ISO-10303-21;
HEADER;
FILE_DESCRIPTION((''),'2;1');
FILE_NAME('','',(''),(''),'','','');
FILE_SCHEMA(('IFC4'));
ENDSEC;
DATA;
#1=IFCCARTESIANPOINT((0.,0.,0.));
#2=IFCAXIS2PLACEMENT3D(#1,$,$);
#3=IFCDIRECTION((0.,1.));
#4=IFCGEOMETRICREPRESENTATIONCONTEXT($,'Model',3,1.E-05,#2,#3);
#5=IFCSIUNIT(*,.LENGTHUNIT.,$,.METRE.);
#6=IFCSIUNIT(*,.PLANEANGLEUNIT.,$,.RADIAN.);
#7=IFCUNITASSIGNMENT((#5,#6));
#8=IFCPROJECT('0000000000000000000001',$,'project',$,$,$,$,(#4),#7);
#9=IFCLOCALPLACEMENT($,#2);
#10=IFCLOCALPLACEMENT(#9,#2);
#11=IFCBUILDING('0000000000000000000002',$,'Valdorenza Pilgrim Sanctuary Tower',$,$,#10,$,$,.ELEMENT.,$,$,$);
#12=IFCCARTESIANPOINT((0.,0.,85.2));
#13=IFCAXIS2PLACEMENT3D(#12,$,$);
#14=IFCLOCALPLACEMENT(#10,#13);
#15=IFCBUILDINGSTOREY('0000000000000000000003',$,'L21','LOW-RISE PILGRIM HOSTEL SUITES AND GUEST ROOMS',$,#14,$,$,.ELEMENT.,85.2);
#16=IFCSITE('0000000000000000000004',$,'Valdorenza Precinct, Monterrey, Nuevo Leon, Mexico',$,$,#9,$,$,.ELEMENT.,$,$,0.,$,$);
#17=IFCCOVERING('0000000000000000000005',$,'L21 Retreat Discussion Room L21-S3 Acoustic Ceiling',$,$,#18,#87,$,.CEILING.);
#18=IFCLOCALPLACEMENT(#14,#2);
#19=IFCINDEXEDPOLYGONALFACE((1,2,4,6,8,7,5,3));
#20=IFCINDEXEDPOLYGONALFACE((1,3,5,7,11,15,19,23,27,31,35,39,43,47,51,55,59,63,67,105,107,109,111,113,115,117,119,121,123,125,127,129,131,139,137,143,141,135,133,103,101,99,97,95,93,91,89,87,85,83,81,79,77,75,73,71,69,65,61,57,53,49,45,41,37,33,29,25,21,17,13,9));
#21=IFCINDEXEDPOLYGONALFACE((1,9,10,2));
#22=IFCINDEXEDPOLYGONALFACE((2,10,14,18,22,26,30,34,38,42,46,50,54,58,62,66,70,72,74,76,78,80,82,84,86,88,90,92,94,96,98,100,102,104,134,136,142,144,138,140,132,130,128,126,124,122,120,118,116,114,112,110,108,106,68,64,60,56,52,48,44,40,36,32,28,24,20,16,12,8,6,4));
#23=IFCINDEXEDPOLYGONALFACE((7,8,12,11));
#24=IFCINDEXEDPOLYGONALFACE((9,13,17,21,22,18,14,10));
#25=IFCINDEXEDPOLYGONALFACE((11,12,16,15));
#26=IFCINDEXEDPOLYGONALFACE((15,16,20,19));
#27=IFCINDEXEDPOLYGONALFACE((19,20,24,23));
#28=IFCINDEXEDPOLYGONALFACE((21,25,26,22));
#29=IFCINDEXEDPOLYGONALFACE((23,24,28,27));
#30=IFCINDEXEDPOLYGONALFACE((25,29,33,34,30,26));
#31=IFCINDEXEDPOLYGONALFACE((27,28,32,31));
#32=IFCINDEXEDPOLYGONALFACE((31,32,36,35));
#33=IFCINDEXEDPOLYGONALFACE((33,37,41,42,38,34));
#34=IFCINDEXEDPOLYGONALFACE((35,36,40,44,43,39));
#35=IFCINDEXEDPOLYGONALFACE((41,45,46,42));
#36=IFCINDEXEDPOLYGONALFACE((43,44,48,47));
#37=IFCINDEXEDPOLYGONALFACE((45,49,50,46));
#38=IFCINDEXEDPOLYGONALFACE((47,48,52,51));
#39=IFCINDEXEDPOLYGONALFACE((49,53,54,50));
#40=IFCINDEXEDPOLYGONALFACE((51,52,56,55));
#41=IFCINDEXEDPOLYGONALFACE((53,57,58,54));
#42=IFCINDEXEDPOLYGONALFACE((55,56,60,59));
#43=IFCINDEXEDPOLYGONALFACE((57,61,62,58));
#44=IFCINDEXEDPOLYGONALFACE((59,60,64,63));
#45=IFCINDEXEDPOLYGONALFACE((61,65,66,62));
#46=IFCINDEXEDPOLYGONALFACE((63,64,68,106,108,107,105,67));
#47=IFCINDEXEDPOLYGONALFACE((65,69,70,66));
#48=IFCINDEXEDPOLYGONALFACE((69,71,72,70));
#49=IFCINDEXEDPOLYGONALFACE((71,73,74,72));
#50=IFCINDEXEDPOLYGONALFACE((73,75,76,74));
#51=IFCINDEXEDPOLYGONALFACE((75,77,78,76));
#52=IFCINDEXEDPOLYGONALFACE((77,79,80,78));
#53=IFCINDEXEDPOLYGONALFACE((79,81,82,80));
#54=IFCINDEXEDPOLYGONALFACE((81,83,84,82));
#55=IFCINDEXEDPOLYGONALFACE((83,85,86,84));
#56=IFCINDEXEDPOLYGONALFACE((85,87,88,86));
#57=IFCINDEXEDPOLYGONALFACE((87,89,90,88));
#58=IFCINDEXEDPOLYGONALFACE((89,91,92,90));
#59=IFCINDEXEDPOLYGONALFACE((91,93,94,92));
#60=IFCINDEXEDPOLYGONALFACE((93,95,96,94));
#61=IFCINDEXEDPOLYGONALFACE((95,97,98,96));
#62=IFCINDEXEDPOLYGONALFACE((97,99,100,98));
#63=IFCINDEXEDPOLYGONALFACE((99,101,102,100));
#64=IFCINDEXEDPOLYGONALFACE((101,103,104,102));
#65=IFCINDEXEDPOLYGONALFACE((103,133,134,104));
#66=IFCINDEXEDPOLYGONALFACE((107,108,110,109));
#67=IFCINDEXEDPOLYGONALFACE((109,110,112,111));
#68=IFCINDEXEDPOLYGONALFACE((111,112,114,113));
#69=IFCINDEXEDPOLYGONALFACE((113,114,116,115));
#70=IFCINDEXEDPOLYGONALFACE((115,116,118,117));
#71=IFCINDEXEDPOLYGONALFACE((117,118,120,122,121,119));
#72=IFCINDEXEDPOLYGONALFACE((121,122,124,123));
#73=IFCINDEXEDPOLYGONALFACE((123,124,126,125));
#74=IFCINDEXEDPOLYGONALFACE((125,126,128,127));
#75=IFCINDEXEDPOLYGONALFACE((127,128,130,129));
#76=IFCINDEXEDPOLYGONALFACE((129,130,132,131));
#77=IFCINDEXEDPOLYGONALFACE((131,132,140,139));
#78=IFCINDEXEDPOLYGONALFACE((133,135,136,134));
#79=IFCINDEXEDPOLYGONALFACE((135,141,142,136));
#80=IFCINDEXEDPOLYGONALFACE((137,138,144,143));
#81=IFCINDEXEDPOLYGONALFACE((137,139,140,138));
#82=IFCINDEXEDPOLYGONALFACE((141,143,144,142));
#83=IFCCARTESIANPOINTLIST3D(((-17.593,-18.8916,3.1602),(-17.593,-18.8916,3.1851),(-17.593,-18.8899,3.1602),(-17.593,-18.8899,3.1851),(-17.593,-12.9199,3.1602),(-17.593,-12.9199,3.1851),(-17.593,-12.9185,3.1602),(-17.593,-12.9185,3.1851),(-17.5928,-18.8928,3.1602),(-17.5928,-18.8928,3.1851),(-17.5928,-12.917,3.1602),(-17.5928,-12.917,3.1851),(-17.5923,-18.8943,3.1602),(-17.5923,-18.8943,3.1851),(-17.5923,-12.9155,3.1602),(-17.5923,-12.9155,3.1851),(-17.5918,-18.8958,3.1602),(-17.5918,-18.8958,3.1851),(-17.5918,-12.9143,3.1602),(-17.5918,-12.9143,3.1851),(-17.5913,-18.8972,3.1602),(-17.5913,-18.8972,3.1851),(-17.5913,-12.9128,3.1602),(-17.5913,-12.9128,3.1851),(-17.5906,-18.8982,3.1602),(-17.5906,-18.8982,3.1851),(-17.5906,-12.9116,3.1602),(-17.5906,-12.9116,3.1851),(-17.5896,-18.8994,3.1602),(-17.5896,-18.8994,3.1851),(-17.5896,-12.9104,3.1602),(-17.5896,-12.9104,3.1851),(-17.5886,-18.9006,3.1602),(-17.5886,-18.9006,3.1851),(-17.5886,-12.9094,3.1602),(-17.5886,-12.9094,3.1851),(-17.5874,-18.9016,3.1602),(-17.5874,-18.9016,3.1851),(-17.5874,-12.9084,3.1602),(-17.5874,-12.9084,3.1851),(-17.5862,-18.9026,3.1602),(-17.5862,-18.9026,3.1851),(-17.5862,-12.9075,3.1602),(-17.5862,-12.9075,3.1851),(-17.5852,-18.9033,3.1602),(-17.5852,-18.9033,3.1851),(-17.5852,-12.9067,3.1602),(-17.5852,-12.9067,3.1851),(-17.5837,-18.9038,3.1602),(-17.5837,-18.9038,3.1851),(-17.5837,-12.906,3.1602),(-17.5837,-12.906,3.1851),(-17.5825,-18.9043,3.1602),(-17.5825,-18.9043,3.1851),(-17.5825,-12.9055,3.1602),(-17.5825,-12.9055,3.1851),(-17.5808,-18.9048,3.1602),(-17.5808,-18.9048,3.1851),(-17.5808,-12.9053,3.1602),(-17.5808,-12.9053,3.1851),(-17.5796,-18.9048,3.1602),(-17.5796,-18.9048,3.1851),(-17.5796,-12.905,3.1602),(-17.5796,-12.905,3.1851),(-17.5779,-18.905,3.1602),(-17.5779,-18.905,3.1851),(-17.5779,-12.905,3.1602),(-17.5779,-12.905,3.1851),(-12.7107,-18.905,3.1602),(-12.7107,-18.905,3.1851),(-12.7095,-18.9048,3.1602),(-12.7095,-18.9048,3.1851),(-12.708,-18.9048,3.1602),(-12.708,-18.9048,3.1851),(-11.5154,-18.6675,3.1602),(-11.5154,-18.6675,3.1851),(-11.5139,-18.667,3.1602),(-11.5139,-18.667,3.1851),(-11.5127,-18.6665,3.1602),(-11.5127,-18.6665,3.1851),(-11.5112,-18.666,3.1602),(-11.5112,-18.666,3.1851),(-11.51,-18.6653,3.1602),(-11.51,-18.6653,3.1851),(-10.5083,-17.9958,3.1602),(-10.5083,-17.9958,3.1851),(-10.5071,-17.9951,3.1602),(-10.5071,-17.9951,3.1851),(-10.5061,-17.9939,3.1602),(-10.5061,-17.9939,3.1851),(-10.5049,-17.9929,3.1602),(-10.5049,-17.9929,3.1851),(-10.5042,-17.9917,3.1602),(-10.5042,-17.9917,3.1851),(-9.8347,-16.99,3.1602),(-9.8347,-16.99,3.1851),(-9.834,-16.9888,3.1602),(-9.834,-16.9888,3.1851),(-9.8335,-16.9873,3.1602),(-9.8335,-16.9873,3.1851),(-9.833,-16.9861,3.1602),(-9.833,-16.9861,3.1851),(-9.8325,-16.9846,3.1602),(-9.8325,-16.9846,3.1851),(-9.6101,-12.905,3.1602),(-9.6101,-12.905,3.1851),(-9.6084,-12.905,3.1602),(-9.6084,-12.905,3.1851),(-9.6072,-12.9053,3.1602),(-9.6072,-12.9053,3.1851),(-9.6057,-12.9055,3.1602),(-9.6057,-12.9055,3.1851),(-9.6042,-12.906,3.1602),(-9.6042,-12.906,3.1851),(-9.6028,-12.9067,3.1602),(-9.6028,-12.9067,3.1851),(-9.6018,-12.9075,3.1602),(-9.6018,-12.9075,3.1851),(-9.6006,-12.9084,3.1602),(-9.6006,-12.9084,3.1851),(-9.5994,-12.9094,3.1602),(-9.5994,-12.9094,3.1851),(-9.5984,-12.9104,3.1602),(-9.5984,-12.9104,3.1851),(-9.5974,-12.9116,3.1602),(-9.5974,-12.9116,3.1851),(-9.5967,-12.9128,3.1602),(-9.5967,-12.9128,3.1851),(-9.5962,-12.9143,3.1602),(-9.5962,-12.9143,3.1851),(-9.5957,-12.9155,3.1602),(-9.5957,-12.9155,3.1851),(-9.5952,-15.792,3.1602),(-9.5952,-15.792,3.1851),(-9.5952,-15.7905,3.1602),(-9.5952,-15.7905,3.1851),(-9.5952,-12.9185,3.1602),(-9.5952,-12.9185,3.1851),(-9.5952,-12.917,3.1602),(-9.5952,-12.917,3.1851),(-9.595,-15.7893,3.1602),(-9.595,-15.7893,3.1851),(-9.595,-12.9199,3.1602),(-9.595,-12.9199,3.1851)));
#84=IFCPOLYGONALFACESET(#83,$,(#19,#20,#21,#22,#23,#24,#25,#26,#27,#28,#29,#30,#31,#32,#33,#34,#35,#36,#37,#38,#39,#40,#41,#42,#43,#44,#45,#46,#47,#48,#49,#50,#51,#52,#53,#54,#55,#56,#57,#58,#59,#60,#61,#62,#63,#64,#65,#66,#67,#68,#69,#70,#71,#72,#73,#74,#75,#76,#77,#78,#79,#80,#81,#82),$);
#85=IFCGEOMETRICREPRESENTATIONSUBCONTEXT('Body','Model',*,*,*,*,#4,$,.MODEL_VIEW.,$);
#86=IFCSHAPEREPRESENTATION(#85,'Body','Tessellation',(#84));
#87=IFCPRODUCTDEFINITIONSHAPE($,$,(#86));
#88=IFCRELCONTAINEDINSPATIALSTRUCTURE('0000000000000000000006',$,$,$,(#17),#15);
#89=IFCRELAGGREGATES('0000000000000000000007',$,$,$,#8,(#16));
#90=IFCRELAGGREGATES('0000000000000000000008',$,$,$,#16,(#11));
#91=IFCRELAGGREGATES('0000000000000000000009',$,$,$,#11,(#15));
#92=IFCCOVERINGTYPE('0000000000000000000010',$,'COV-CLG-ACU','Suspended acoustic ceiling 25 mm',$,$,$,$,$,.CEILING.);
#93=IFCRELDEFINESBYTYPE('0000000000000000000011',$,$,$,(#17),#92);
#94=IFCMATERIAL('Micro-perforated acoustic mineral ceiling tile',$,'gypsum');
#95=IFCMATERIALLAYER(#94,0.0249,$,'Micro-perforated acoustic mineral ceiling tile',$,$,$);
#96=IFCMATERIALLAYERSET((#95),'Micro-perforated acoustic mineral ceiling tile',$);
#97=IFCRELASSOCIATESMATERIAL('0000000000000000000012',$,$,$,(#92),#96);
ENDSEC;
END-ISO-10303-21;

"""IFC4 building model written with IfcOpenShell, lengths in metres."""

from ifc_helpers import new_model, si_unit, direction, frame, origin, place, context, subcontext, project, spatial, polyline, outline, extrude, material, layer, layer_set, type_object, element, save


model = new_model("IFC4")

# Units and contexts
model_context = context("Model", 3, precision=1e-05, world=origin(), true_north=direction((0.0, 1.0)))
body_context = subcontext(model_context, "Body", "Model", "MODEL_VIEW")
ifc_project = project(units=[si_unit("LENGTHUNIT", "METRE"), si_unit("PLANEANGLEUNIT", "RADIAN")], contexts=[model_context])

# Site, building, storey
site_placement = place(None, origin())
site = spatial("IfcSite", under=ifc_project, at=site_placement, Name="Valdorenza Precinct, Monterrey, Nuevo Leon, Mexico", CompositionType="ELEMENT", RefElevation=0.0)
building_placement = place(site_placement, origin())
building = spatial("IfcBuilding", under=site, at=building_placement, Name="Valdorenza Pilgrim Sanctuary Tower", CompositionType="ELEMENT")
storey_placement = place(building_placement, frame((0.0, 0.0, 85.2)))
storey = spatial("IfcBuildingStorey", under=building, at=storey_placement, Name="L21", Description="LOW-RISE PILGRIM HOSTEL SUITES AND GUEST ROOMS", CompositionType="ELEMENT", Elevation=85.2)

# Covering
ifc_material_1 = material(Name="Micro-perforated acoustic mineral ceiling tile", Category="gypsum")
ifc_layer_1 = layer(ifc_material_1, 0.0249, Name="Micro-perforated acoustic mineral ceiling tile")
ifc_layer_set_1 = layer_set([ifc_layer_1], Name="Micro-perforated acoustic mineral ceiling tile")
covering_type_1 = type_object("IfcCoveringType", Name="COV-CLG-ACU", Description="Suspended acoustic ceiling 25 mm", PredefinedType="CEILING", material=ifc_layer_set_1)
covering_1_placement = place(storey_placement, frame((0.0, 0.0, 3.1602)))
element("IfcCovering", 1, at=covering_1_placement, inside=storey, type_object=covering_type_1, Name="L21 Retreat Discussion Room L21-S3 Acoustic Ceiling", PredefinedType="CEILING", context=body_context, shape_type="SweptSolid", body=[
    extrude(outline(polyline([(-9.6101, -12.905), (-9.6084, -12.905), (-9.6072, -12.9053), (-9.6057, -12.9055), (-9.6042, -12.906), (-9.6028, -12.9067), (-9.6018, -12.9075), (-9.6006, -12.9084), (-9.5994, -12.9094), (-9.5984, -12.9104), (-9.5974, -12.9116), (-9.5967, -12.9128), (-9.5962, -12.9143), (-9.5957, -12.9155), (-9.5952, -12.917), (-9.5952, -12.9185), (-9.595, -12.9199), (-9.595, -15.7893), (-9.5952, -15.7905), (-9.5952, -15.792), (-9.8325, -16.9846), (-9.833, -16.9861), (-9.8335, -16.9873), (-9.834, -16.9888), (-9.8347, -16.99), (-10.5042, -17.9917), (-10.5049, -17.9929), (-10.5061, -17.9939), (-10.5071, -17.9951), (-10.5083, -17.9958), (-11.51, -18.6653), (-11.5112, -18.666), (-11.5127, -18.6665), (-11.5139, -18.667), (-11.5154, -18.6675), (-12.708, -18.9048), (-12.7095, -18.9048), (-12.7107, -18.905), (-17.5779, -18.905), (-17.5796, -18.9048), (-17.5808, -18.9048), (-17.5825, -18.9043), (-17.5837, -18.9038), (-17.5852, -18.9033), (-17.5862, -18.9026), (-17.5874, -18.9016), (-17.5886, -18.9006), (-17.5896, -18.8994), (-17.5906, -18.8982), (-17.5913, -18.8972), (-17.5918, -18.8958), (-17.5923, -18.8943), (-17.5928, -18.8928), (-17.593, -18.8916), (-17.593, -18.8899), (-17.593, -12.9199), (-17.593, -12.9185), (-17.5928, -12.917), (-17.5923, -12.9155), (-17.5918, -12.9143), (-17.5913, -12.9128), (-17.5906, -12.9116), (-17.5896, -12.9104), (-17.5886, -12.9094), (-17.5874, -12.9084), (-17.5862, -12.9075), (-17.5852, -12.9067), (-17.5837, -12.906), (-17.5825, -12.9055), (-17.5808, -12.9053), (-17.5796, -12.905), (-17.5779, -12.905), (-9.6101, -12.905)])), origin(), (0.0, 0.0, 1.0), 0.0249),
])

save(model, "model.ifc")
